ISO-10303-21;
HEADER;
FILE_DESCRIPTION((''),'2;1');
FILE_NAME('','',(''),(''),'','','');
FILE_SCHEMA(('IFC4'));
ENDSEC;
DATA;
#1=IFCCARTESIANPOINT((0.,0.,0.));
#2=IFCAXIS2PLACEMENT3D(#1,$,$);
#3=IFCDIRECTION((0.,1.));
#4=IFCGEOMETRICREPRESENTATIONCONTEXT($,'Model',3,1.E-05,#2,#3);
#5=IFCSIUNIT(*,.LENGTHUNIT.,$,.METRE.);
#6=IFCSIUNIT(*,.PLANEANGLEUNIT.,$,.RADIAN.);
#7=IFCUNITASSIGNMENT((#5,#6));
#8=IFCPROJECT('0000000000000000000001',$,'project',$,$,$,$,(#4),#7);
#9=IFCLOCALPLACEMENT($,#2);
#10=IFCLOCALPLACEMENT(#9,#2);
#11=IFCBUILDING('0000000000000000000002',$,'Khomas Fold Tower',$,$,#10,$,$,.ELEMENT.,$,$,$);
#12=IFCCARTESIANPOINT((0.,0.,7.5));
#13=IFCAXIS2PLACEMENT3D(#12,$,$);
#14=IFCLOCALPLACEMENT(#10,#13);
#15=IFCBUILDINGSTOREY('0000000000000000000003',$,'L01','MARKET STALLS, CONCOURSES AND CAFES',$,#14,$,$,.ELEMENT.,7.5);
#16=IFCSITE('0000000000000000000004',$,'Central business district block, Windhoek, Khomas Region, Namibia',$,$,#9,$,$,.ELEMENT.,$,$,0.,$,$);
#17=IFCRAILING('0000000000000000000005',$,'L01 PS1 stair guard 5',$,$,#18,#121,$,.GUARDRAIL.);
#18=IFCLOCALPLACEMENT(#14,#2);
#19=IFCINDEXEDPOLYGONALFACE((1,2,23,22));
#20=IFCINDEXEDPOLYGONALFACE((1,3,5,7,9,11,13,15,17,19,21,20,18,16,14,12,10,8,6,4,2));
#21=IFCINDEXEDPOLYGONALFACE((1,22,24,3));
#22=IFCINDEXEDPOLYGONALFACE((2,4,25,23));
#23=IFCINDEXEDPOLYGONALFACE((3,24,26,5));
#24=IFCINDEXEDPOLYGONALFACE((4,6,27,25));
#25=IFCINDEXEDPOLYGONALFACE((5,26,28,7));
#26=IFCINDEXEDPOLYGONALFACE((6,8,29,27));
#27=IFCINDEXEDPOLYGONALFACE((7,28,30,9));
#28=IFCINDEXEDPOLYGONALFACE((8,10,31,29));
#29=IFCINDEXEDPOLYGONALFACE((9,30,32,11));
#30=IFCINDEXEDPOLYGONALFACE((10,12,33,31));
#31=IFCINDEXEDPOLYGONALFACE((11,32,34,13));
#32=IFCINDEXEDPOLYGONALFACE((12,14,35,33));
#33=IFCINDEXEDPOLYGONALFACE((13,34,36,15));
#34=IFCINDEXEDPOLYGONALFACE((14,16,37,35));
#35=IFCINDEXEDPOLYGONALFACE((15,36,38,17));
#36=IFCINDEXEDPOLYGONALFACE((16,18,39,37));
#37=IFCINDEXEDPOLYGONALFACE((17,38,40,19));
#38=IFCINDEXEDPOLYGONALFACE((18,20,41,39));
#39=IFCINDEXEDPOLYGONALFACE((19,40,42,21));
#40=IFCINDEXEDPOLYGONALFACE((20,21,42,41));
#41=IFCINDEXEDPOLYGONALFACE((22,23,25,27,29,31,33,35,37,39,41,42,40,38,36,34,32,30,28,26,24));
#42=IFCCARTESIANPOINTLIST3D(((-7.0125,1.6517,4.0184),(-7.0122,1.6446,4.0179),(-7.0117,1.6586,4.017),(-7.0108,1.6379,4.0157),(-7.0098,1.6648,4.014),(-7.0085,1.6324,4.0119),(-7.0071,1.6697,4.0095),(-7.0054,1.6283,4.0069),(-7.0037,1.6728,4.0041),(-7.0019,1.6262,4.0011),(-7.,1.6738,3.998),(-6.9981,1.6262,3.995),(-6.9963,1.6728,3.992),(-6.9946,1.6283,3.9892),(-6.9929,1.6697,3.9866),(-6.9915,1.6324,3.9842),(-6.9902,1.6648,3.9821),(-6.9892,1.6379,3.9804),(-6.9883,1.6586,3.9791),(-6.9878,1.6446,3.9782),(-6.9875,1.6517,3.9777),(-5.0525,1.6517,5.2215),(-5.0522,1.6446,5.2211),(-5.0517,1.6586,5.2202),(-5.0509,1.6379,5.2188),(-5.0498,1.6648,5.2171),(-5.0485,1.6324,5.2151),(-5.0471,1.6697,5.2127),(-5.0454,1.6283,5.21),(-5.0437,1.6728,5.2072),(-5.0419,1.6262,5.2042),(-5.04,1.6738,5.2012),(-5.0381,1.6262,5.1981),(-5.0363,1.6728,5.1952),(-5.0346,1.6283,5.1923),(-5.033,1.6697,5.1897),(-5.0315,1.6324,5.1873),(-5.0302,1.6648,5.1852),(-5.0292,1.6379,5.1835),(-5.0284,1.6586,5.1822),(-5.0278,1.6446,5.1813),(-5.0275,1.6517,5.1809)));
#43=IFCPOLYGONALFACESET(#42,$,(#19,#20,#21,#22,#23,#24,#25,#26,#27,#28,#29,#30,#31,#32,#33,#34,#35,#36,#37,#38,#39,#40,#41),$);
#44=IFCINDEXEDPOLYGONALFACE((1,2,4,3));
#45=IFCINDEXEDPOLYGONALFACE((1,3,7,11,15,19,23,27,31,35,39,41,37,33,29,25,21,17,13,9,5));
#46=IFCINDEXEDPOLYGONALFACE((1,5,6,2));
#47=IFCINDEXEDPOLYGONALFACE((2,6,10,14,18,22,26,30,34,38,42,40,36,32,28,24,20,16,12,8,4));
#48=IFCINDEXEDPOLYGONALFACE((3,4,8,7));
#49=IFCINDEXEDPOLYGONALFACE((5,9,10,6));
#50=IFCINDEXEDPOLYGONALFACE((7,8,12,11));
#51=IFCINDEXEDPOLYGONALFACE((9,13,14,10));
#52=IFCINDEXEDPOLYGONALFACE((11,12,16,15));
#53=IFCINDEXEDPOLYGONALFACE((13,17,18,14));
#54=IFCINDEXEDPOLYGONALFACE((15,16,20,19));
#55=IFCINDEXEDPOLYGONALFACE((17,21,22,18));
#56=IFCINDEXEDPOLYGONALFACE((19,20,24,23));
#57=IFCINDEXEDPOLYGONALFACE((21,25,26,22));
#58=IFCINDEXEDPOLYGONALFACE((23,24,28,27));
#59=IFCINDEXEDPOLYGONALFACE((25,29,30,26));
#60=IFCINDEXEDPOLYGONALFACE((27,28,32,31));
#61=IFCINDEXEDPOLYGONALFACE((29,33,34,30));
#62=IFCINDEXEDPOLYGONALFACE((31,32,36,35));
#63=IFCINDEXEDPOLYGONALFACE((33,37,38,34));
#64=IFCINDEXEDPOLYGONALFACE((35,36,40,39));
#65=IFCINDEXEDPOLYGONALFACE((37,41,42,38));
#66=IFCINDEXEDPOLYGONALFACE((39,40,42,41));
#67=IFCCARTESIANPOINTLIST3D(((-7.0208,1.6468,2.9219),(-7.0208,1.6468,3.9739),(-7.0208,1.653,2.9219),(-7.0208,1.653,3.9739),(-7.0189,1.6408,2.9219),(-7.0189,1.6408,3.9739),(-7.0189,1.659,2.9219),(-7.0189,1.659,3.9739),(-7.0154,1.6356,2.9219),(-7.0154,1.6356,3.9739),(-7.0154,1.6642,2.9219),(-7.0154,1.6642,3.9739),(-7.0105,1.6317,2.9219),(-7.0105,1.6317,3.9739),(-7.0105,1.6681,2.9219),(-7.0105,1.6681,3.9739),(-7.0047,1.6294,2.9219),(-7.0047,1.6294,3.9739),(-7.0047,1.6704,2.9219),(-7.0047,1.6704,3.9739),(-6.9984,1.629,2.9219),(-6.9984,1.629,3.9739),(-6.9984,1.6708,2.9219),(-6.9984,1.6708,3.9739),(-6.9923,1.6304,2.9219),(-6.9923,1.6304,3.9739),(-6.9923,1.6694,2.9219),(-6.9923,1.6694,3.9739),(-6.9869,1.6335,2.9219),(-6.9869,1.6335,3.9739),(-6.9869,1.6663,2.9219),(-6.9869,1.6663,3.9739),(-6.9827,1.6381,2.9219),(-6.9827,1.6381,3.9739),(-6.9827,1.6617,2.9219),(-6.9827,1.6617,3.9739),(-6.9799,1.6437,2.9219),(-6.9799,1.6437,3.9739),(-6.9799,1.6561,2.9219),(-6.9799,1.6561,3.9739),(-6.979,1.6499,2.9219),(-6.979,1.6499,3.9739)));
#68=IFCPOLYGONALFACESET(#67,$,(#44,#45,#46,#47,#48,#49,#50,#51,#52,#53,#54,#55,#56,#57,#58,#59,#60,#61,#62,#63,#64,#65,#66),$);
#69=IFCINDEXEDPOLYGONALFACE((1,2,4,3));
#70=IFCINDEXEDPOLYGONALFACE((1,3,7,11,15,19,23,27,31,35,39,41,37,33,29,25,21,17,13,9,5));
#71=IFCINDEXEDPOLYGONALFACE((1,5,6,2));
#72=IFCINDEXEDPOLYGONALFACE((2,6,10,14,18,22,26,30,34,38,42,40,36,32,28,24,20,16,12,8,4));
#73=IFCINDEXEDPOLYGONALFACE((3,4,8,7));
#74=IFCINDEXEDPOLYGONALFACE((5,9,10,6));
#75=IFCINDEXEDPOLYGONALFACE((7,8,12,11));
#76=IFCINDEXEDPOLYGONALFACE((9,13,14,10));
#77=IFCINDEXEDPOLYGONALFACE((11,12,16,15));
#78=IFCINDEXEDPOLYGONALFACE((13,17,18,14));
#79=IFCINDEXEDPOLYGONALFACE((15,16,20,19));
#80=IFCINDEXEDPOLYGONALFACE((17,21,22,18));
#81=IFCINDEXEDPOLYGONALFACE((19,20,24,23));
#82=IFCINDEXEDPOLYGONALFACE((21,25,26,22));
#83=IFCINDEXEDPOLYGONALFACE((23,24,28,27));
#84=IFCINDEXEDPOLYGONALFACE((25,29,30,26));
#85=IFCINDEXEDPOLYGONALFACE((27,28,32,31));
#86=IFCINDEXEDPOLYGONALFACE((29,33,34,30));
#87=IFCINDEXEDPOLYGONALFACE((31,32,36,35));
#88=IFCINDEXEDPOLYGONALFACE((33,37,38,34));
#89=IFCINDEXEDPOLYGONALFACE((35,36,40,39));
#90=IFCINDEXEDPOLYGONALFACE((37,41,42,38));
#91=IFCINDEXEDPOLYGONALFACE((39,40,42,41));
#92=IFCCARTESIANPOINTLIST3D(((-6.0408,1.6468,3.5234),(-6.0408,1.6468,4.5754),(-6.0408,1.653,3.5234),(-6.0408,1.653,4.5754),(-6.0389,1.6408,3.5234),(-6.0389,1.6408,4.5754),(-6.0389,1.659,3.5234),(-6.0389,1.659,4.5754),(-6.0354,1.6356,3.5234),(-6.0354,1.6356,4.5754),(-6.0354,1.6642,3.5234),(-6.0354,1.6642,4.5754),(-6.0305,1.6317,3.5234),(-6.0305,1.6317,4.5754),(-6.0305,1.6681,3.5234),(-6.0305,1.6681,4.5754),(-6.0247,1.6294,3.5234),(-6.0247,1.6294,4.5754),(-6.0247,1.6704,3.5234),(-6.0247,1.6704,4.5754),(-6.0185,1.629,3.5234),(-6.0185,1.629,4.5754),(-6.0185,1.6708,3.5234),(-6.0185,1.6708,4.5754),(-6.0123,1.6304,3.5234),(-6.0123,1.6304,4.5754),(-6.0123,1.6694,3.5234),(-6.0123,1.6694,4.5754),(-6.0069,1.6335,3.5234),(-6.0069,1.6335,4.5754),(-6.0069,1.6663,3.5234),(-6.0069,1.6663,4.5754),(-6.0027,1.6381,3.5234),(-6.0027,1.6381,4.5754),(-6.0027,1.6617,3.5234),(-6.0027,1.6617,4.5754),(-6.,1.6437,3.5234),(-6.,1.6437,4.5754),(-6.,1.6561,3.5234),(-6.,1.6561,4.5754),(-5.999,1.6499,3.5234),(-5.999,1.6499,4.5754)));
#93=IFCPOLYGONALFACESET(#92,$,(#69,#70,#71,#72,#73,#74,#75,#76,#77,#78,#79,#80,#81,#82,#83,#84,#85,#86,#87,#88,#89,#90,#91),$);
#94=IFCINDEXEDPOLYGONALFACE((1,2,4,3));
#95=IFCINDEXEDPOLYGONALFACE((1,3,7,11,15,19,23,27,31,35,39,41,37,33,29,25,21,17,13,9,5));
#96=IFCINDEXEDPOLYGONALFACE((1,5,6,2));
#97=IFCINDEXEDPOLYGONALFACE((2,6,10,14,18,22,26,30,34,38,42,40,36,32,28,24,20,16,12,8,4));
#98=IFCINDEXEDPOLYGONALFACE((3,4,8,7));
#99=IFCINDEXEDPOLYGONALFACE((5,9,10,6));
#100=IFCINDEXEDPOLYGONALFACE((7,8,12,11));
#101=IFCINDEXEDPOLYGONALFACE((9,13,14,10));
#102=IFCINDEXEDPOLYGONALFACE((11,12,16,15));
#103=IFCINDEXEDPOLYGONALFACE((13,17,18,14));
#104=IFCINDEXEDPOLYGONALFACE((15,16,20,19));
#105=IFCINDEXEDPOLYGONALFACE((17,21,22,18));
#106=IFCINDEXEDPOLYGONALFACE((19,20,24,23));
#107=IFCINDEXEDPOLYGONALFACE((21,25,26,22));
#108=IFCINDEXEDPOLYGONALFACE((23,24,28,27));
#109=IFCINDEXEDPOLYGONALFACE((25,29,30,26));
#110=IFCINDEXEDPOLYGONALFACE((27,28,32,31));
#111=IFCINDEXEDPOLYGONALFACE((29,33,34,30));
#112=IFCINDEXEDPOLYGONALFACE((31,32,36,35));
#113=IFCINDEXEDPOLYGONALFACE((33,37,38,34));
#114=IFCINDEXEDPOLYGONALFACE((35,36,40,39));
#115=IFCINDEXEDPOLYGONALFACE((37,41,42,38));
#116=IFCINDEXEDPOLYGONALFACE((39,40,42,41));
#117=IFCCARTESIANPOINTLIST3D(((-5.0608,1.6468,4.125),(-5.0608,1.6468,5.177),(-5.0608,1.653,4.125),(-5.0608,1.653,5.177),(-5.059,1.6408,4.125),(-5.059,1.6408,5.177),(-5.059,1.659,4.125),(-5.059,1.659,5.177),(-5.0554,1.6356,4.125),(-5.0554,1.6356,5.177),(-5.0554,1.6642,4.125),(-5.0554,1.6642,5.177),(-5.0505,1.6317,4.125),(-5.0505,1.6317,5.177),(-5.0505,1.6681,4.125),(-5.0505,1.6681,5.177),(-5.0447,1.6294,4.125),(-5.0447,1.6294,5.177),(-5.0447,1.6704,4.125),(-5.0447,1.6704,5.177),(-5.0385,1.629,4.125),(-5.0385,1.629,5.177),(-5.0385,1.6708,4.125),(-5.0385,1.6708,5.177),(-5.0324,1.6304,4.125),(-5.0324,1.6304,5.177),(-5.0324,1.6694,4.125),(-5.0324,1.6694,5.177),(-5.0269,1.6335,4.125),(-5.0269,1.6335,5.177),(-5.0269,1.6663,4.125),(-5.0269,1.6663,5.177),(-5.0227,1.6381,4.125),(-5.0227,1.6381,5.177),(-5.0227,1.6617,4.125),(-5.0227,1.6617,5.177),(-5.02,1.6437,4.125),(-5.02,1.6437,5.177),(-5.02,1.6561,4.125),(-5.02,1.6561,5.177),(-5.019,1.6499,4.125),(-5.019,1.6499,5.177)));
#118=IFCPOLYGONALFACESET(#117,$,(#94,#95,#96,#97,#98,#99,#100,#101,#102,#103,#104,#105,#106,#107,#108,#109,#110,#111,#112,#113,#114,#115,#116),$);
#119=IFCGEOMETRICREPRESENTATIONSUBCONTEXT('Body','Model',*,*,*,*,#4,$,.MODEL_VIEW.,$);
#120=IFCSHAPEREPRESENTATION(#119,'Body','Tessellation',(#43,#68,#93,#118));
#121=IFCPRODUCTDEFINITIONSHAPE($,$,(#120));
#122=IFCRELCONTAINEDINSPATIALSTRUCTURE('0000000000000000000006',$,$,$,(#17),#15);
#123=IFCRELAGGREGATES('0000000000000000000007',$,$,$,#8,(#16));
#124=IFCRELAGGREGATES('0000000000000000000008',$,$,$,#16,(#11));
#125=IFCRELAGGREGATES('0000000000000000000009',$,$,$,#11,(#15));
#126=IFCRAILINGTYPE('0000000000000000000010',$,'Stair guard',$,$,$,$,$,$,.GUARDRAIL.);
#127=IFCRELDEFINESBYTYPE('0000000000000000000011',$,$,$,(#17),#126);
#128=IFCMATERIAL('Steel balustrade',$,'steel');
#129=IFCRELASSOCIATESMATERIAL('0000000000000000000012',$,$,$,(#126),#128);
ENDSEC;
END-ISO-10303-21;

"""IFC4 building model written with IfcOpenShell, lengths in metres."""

from ifc_helpers import new_model, si_unit, direction, frame, origin, origin_2d, place, context, subcontext, project, spatial, circle, extrude, source, transform, mapped, material, type_object, element, save


model = new_model("IFC4")

# Units and contexts
model_context = context("Model", 3, precision=1e-05, world=origin(), true_north=direction((0.0, 1.0)))
body_context = subcontext(model_context, "Body", "Model", "MODEL_VIEW")
ifc_project = project(units=[si_unit("LENGTHUNIT", "METRE"), si_unit("PLANEANGLEUNIT", "RADIAN")], contexts=[model_context])

# Site, building, storey
site_placement = place(None, origin())
site = spatial("IfcSite", under=ifc_project, at=site_placement, Name="Central business district block, Windhoek, Khomas Region, Namibia", CompositionType="ELEMENT", RefElevation=0.0)
building_placement = place(site_placement, origin())
building = spatial("IfcBuilding", under=site, at=building_placement, Name="Khomas Fold Tower", CompositionType="ELEMENT")
storey_placement = place(building_placement, frame((0.0, 0.0, 7.5)))
storey = spatial("IfcBuildingStorey", under=building, at=storey_placement, Name="L01", Description="MARKET STALLS, CONCOURSES AND CAFES", CompositionType="ELEMENT", Elevation=7.5)

# Railing
ifc_material_1 = material(Name="Steel balustrade", Category="steel")
railing_type_1 = type_object("IfcRailingType", Name="Stair guard", PredefinedType="GUARDRAIL", material=ifc_material_1)
shared_shape_1 = source(origin(), body_context, "Body", "SweptSolid", [
    extrude(circle(Radius=0.0239, at=origin_2d()), frame((0.0, 0.0, 1.0762), z_axis=(0.852241, 0.0, 0.523149), x_axis=(0.0, 1.0, 0.0)), (0.0, 0.0, 1.0), 2.2998),
    extrude(circle(Radius=0.021, at=origin_2d()), origin(), (0.0, 0.0, 1.0), 1.052),
    extrude(circle(Radius=0.021, at=origin_2d()), frame((0.98, 0.0, 0.6016)), (0.0, 0.0, 1.0), 1.052),
    extrude(circle(Radius=0.021, at=origin_2d()), frame((1.96, 0.0, 1.2031)), (0.0, 0.0, 1.0), 1.052),
])
for number, where, name in (
    (1, (-7.0, 1.6499, 2.9219), "L01 PS1 stair guard 5"),
):
    element("IfcRailing", number, at=place(storey_placement, frame(where)), inside=storey, type_object=railing_type_1, Name=name, PredefinedType="GUARDRAIL", context=body_context, shape_type="MappedRepresentation", body=[
        mapped(shared_shape_1, transform((0.0, 0.0, 0.0))),
    ])

save(model, "model.ifc")
